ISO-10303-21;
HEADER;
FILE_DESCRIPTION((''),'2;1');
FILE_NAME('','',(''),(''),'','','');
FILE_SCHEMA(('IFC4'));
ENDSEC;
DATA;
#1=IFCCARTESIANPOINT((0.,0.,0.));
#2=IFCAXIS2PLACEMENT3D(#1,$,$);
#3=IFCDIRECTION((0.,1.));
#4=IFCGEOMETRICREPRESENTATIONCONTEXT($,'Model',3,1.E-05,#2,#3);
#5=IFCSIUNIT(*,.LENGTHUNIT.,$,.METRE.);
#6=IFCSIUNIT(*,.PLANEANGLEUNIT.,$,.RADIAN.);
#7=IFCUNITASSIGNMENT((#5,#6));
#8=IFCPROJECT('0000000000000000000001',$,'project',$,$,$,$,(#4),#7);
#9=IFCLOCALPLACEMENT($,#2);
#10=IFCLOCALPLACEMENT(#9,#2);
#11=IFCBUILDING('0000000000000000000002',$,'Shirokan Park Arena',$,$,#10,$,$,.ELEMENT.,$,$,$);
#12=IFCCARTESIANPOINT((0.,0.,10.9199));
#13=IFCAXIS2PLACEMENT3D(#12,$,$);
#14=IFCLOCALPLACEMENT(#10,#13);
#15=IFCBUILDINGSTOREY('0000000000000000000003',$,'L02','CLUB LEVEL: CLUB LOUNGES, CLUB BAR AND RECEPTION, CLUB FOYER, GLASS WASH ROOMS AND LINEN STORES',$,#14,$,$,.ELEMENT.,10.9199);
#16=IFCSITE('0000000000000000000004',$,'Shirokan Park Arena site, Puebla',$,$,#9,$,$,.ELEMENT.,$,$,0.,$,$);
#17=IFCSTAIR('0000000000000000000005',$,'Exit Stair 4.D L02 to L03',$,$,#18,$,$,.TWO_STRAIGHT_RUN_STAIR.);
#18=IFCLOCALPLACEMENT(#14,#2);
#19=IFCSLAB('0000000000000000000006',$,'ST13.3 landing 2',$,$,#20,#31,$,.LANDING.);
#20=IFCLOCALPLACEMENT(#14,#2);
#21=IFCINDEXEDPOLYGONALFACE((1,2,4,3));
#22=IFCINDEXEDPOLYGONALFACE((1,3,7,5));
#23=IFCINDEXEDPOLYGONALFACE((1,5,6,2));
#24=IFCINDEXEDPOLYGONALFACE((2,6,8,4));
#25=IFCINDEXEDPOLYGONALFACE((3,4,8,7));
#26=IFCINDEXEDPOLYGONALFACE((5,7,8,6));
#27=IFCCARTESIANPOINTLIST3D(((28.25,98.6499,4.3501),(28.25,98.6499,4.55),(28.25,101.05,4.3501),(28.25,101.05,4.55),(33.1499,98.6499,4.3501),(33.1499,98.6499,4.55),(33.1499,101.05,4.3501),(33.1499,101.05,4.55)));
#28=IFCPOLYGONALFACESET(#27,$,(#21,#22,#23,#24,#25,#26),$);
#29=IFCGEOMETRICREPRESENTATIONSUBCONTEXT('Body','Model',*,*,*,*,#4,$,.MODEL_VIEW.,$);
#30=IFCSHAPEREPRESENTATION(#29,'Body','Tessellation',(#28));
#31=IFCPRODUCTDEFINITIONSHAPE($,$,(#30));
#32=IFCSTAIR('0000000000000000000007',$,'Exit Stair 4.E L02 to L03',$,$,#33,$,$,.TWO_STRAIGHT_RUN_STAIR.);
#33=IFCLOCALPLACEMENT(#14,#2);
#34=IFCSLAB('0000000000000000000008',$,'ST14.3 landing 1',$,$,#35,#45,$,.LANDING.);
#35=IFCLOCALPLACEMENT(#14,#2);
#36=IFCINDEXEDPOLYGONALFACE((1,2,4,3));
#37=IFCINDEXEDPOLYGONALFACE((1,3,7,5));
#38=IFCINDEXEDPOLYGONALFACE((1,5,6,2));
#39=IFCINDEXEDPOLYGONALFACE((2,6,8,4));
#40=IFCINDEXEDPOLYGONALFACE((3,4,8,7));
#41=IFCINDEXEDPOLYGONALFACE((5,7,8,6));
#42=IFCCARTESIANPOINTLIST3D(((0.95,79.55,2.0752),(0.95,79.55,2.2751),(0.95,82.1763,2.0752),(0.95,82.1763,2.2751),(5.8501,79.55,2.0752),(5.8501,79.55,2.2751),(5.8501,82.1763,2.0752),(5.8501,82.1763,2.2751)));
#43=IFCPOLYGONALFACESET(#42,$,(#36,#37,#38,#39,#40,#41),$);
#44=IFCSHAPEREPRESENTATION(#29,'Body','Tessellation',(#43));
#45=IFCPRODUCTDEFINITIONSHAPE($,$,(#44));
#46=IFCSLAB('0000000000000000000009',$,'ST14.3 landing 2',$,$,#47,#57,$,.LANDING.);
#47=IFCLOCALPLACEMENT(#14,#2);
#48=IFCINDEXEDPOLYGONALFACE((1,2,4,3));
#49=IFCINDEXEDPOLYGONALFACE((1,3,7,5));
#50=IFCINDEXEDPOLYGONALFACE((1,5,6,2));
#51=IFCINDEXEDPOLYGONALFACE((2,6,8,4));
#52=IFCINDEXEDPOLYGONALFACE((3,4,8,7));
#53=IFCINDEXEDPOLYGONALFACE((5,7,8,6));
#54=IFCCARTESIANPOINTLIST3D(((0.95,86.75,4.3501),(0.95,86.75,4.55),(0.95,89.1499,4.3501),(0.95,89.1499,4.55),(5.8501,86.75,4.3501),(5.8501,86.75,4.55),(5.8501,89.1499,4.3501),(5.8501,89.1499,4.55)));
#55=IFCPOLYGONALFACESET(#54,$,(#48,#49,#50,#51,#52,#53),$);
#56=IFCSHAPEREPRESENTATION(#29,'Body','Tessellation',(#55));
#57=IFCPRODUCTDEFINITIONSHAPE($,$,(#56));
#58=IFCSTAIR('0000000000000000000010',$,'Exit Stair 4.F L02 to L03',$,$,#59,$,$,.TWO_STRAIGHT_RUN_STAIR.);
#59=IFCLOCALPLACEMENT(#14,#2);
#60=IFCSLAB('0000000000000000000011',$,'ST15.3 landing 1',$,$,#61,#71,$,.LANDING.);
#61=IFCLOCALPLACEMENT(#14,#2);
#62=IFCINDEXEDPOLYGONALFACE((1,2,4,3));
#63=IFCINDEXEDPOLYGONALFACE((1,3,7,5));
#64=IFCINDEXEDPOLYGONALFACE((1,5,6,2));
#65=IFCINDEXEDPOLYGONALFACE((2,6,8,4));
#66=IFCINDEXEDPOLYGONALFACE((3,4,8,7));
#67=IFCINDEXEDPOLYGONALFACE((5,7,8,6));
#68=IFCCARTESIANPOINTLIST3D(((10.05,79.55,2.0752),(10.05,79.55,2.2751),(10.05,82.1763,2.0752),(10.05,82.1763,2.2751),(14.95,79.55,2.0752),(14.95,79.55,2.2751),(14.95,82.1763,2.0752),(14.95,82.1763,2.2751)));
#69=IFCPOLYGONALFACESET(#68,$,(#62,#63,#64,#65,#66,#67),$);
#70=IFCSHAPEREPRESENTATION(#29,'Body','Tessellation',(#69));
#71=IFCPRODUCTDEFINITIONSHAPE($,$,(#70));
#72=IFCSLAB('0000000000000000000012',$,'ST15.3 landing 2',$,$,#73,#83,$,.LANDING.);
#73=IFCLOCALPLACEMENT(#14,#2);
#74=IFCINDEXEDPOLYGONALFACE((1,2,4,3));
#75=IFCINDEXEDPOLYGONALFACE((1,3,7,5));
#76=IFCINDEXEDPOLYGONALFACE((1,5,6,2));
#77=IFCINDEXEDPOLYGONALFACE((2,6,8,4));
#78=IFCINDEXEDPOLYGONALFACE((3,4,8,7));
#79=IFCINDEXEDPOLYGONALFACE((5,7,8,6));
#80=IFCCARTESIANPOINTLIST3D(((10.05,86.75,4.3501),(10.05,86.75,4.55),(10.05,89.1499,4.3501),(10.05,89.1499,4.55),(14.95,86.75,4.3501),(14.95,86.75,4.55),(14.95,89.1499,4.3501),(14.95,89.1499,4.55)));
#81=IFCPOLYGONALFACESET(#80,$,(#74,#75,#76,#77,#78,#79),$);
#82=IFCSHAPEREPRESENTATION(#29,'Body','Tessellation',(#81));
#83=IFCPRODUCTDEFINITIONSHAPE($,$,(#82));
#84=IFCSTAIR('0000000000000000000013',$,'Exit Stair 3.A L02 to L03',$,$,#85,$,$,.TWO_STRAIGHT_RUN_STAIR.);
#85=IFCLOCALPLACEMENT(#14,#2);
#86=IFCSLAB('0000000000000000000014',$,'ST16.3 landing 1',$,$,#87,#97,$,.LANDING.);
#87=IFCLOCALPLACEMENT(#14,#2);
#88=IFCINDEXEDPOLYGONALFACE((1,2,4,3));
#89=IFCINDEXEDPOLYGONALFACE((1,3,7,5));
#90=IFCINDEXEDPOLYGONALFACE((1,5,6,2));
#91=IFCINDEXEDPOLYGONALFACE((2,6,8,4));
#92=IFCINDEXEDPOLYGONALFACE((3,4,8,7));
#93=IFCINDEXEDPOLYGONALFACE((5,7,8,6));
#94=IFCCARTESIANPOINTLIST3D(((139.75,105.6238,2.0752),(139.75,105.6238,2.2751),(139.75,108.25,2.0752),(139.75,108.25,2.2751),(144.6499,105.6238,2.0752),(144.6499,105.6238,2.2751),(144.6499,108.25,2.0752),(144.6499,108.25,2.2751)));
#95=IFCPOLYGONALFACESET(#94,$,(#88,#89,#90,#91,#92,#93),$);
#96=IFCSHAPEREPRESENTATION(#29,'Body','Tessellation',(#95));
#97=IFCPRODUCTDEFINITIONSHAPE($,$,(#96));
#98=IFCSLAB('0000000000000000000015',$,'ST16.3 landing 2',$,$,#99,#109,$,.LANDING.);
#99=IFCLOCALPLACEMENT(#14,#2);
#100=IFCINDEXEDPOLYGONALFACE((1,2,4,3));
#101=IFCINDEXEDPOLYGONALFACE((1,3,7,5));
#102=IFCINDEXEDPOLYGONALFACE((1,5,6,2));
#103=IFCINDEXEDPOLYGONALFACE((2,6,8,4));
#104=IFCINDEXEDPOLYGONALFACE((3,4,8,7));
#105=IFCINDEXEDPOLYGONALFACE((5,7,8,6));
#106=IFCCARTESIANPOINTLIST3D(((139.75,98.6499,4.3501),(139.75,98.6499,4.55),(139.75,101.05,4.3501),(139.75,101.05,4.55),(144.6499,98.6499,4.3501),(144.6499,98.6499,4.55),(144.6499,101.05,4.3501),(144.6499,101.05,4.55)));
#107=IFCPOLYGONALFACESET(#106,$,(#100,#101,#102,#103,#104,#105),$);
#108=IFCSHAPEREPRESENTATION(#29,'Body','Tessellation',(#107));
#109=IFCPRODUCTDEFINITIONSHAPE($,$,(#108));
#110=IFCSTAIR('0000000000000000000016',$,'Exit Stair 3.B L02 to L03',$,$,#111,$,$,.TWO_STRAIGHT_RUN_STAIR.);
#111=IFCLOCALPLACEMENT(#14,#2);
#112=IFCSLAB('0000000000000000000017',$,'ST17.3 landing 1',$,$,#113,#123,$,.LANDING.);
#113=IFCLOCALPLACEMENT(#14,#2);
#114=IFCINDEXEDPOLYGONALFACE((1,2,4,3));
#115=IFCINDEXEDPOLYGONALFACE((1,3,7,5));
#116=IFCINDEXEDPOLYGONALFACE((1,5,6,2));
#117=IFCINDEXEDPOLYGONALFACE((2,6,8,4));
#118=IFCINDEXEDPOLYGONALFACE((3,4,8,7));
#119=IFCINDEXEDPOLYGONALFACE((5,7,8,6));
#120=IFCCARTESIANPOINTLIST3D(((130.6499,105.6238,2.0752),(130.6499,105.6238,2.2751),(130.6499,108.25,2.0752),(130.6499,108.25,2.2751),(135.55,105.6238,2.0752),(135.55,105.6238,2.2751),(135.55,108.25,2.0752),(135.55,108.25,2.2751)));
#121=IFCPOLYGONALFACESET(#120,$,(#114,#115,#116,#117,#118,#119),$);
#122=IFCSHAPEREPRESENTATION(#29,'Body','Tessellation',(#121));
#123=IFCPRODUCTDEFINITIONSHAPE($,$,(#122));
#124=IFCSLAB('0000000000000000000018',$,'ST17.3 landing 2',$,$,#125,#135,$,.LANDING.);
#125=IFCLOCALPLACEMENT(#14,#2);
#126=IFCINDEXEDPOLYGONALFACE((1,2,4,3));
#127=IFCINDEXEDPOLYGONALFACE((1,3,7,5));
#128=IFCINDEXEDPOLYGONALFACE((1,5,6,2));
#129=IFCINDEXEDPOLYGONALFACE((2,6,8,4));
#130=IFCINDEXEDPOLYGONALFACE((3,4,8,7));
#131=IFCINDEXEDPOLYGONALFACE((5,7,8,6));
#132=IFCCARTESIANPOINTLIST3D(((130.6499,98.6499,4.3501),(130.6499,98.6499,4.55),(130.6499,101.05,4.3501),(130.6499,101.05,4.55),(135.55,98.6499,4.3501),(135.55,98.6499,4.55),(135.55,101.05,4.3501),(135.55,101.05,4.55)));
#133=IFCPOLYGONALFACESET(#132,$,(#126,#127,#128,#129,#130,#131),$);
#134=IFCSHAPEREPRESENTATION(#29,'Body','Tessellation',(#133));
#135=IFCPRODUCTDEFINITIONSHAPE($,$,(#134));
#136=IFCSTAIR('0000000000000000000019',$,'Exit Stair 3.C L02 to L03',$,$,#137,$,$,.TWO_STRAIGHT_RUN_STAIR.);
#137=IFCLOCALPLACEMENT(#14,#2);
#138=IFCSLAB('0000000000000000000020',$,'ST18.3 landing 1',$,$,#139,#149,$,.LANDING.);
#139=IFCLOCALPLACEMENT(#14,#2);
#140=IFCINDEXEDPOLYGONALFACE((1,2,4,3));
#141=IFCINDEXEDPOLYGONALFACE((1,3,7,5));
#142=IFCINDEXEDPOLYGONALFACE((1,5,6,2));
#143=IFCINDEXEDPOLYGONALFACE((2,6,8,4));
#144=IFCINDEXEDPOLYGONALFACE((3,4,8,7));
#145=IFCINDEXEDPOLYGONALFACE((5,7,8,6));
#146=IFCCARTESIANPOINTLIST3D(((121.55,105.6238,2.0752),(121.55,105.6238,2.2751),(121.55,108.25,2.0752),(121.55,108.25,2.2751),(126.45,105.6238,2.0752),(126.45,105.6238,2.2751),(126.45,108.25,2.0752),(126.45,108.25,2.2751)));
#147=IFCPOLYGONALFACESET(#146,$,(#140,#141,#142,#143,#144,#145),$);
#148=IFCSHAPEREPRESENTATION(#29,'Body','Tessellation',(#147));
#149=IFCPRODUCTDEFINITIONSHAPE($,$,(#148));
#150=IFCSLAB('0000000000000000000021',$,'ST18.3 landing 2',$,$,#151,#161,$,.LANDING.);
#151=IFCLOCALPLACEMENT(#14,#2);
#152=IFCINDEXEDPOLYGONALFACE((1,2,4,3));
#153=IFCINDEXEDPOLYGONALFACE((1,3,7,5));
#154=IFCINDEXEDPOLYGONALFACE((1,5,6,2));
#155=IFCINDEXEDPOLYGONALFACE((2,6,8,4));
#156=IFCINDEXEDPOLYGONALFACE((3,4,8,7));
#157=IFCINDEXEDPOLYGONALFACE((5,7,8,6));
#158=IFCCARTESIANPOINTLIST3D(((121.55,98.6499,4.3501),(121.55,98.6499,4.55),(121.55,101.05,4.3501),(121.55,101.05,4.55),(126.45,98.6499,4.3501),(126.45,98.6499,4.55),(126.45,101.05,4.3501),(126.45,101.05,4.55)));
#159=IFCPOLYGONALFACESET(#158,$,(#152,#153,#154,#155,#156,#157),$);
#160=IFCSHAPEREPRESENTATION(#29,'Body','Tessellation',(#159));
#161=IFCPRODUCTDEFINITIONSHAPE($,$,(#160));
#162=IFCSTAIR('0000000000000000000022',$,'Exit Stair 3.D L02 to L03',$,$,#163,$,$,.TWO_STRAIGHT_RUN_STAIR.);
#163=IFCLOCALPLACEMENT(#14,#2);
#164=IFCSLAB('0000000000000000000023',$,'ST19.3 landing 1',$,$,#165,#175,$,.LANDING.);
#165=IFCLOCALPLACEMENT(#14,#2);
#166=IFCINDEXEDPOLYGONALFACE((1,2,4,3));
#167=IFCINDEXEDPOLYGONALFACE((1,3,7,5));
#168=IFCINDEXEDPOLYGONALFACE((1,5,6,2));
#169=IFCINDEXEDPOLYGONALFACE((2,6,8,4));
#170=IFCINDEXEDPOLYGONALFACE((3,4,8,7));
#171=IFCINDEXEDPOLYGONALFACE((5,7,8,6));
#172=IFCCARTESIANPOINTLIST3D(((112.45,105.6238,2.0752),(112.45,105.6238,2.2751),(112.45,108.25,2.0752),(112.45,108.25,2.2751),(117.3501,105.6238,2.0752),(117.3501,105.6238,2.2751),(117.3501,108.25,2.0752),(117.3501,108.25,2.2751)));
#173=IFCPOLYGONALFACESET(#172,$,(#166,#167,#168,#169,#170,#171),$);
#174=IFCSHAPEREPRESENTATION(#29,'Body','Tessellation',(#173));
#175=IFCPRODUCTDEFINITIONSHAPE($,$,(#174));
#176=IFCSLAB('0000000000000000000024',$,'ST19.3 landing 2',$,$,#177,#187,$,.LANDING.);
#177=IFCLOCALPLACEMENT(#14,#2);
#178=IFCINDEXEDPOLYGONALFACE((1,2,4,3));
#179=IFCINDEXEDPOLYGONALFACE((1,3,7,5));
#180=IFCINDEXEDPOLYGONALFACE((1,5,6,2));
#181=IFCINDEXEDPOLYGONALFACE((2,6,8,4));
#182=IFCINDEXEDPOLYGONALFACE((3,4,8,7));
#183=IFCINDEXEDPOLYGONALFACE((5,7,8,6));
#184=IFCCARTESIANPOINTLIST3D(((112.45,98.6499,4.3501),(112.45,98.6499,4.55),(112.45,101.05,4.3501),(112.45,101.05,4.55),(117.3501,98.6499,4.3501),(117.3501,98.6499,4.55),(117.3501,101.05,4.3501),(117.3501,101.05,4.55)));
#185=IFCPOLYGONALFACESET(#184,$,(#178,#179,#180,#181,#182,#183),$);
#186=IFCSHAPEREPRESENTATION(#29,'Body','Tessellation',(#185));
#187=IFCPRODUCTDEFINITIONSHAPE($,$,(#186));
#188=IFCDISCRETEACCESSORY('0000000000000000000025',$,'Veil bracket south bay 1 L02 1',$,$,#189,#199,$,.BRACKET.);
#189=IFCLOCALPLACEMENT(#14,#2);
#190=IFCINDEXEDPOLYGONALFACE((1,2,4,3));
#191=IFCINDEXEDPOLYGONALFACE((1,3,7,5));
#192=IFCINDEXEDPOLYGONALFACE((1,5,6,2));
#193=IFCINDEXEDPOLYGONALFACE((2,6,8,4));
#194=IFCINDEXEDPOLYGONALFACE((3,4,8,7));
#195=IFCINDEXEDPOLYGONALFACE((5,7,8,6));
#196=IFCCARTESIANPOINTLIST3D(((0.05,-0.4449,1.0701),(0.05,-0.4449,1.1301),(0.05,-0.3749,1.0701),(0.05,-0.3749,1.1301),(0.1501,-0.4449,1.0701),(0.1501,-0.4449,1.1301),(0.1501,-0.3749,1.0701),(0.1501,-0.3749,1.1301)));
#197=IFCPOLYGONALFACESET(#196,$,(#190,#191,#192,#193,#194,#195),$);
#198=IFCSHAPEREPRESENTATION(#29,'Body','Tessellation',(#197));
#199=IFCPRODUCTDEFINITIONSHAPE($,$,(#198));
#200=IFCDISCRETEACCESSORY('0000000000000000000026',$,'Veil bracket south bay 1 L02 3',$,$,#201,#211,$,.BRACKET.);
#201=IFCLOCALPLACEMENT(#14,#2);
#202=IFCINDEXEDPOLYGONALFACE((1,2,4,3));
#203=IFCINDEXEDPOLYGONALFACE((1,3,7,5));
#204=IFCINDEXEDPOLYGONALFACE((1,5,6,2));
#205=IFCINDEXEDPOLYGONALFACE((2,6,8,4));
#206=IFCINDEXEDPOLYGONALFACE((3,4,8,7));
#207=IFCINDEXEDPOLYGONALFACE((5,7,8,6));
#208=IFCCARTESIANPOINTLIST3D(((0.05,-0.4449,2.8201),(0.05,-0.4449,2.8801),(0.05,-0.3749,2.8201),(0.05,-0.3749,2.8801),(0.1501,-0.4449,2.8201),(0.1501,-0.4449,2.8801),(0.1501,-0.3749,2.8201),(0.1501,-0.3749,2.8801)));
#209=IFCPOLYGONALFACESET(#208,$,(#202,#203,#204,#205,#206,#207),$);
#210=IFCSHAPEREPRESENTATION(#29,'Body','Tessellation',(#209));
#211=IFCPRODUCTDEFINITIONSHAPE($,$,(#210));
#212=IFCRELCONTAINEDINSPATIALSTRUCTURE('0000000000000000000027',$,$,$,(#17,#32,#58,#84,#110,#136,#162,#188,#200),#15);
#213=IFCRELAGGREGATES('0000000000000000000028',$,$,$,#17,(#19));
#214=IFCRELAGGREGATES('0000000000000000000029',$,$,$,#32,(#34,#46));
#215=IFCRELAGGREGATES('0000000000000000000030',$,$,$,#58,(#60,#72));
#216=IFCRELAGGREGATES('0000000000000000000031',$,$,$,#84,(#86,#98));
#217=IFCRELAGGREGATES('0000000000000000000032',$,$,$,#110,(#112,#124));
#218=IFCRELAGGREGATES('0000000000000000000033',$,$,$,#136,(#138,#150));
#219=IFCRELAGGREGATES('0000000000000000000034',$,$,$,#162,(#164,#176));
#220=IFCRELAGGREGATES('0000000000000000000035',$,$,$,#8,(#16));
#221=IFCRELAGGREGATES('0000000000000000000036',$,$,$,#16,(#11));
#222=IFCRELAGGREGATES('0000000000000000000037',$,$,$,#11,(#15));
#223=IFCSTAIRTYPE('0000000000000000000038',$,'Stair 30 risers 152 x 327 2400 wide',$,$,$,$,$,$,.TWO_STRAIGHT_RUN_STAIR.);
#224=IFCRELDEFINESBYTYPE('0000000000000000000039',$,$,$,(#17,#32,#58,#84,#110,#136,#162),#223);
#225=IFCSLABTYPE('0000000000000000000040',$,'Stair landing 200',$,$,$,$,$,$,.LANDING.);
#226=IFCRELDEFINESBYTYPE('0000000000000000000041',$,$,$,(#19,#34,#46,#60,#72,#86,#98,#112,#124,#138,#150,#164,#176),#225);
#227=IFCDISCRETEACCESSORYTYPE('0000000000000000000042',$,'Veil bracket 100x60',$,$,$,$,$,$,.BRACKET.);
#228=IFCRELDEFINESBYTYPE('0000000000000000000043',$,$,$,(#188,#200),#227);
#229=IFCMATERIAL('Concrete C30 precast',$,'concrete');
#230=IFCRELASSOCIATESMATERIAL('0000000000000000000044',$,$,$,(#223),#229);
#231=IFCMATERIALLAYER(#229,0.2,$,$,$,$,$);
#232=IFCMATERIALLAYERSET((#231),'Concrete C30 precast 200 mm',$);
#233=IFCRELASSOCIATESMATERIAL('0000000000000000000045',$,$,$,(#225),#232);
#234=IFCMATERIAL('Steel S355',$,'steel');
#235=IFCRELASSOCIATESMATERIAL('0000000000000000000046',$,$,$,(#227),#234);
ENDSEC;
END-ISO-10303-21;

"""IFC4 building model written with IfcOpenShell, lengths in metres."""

from ifc_helpers import new_model, si_unit, direction, frame, origin, origin_2d, place, context, subcontext, project, spatial, polyline, rectangle, outline, extrude, material, layer, layer_set, type_object, element, aggregate, save


model = new_model("IFC4")

# Units and contexts
model_context = context("Model", 3, precision=1e-05, world=origin(), true_north=direction((0.0, 1.0)))
body_context = subcontext(model_context, "Body", "Model", "MODEL_VIEW")
ifc_project = project(units=[si_unit("LENGTHUNIT", "METRE"), si_unit("PLANEANGLEUNIT", "RADIAN")], contexts=[model_context])

# Site, building, storey
site_placement = place(None, origin())
site = spatial("IfcSite", under=ifc_project, at=site_placement, Name="Shirokan Park Arena site, Puebla", CompositionType="ELEMENT", RefElevation=0.0)
building_placement = place(site_placement, origin())
building = spatial("IfcBuilding", under=site, at=building_placement, Name="Shirokan Park Arena", CompositionType="ELEMENT")
storey_placement = place(building_placement, frame((0.0, 0.0, 10.9199)))
storey = spatial("IfcBuildingStorey", under=building, at=storey_placement, Name="L02", Description="CLUB LEVEL: CLUB LOUNGES, CLUB BAR AND RECEPTION, CLUB FOYER, GLASS WASH ROOMS AND LINEN STORES", CompositionType="ELEMENT", Elevation=10.9199)

# Stairs, slabs
ifc_material_1 = material(Name="Concrete C30 precast", Category="concrete")
stair_type = type_object("IfcStairType", Name="Stair 30 risers 152 x 327 2400 wide", PredefinedType="TWO_STRAIGHT_RUN_STAIR", material=ifc_material_1)
ifc_layer = layer(ifc_material_1, 0.2)
ifc_layer_set = layer_set([ifc_layer], Name="Concrete C30 precast 200 mm")
slab_type = type_object("IfcSlabType", Name="Stair landing 200", PredefinedType="LANDING", material=ifc_layer_set)
stair_1_placement = place(storey_placement, origin())
stair_1 = element("IfcStair", 1, at=stair_1_placement, inside=storey, type_object=stair_type, Name="Exit Stair 4.D L02 to L03", PredefinedType="TWO_STRAIGHT_RUN_STAIR")
slab_1_placement = place(storey_placement, frame((0.0, 0.0, 4.3501)))
slab_1 = element("IfcSlab", 2, at=slab_1_placement, type_object=slab_type, Name="ST13.3 landing 2", PredefinedType="LANDING", context=body_context, shape_type="SweptSolid", body=[
    extrude(outline(polyline([(28.25, 98.6499), (33.1499, 98.6499), (33.1499, 101.05), (28.25, 101.05), (28.25, 98.6499)])), origin(), (0.0, 0.0, 1.0), 0.2),
])
aggregate(stair_1, [slab_1])
stair_2_placement = place(storey_placement, origin())
stair_2 = element("IfcStair", 3, at=stair_2_placement, inside=storey, type_object=stair_type, Name="Exit Stair 4.E L02 to L03", PredefinedType="TWO_STRAIGHT_RUN_STAIR")
slab_2_placement = place(storey_placement, frame((0.0, 0.0, 2.0752)))
slab_2 = element("IfcSlab", 4, at=slab_2_placement, type_object=slab_type, Name="ST14.3 landing 1", PredefinedType="LANDING", context=body_context, shape_type="SweptSolid", body=[
    extrude(outline(polyline([(0.95, 79.55), (5.8501, 79.55), (5.8501, 82.1763), (0.95, 82.1763), (0.95, 79.55)])), origin(), (0.0, 0.0, 1.0), 0.2),
])
slab_3_placement = place(storey_placement, frame((0.0, 0.0, 4.3501)))
slab_3 = element("IfcSlab", 5, at=slab_3_placement, type_object=slab_type, Name="ST14.3 landing 2", PredefinedType="LANDING", context=body_context, shape_type="SweptSolid", body=[
    extrude(outline(polyline([(0.95, 86.75), (5.8501, 86.75), (5.8501, 89.1499), (0.95, 89.1499), (0.95, 86.75)])), origin(), (0.0, 0.0, 1.0), 0.2),
])
aggregate(stair_2, [slab_2, slab_3])
stair_3_placement = place(storey_placement, origin())
stair_3 = element("IfcStair", 6, at=stair_3_placement, inside=storey, type_object=stair_type, Name="Exit Stair 4.F L02 to L03", PredefinedType="TWO_STRAIGHT_RUN_STAIR")
slab_4_placement = place(storey_placement, frame((0.0, 0.0, 2.0752)))
slab_4 = element("IfcSlab", 7, at=slab_4_placement, type_object=slab_type, Name="ST15.3 landing 1", PredefinedType="LANDING", context=body_context, shape_type="SweptSolid", body=[
    extrude(outline(polyline([(10.05, 79.55), (14.95, 79.55), (14.95, 82.1763), (10.05, 82.1763), (10.05, 79.55)])), origin(), (0.0, 0.0, 1.0), 0.2),
])
slab_5_placement = place(storey_placement, frame((0.0, 0.0, 4.3501)))
slab_5 = element("IfcSlab", 8, at=slab_5_placement, type_object=slab_type, Name="ST15.3 landing 2", PredefinedType="LANDING", context=body_context, shape_type="SweptSolid", body=[
    extrude(outline(polyline([(10.05, 86.75), (14.95, 86.75), (14.95, 89.1499), (10.05, 89.1499), (10.05, 86.75)])), origin(), (0.0, 0.0, 1.0), 0.2),
])
aggregate(stair_3, [slab_4, slab_5])
stair_4_placement = place(storey_placement, origin())
stair_4 = element("IfcStair", 9, at=stair_4_placement, inside=storey, type_object=stair_type, Name="Exit Stair 3.A L02 to L03", PredefinedType="TWO_STRAIGHT_RUN_STAIR")
slab_6_placement = place(storey_placement, frame((0.0, 0.0, 2.0752)))
slab_6 = element("IfcSlab", 10, at=slab_6_placement, type_object=slab_type, Name="ST16.3 landing 1", PredefinedType="LANDING", context=body_context, shape_type="SweptSolid", body=[
    extrude(outline(polyline([(139.75, 105.6238), (144.6499, 105.6238), (144.6499, 108.25), (139.75, 108.25), (139.75, 105.6238)])), origin(), (0.0, 0.0, 1.0), 0.2),
])
slab_7_placement = place(storey_placement, frame((0.0, 0.0, 4.3501)))
slab_7 = element("IfcSlab", 11, at=slab_7_placement, type_object=slab_type, Name="ST16.3 landing 2", PredefinedType="LANDING", context=body_context, shape_type="SweptSolid", body=[
    extrude(outline(polyline([(139.75, 98.6499), (144.6499, 98.6499), (144.6499, 101.05), (139.75, 101.05), (139.75, 98.6499)])), origin(), (0.0, 0.0, 1.0), 0.2),
])
aggregate(stair_4, [slab_6, slab_7])
stair_5_placement = place(storey_placement, origin())
stair_5 = element("IfcStair", 12, at=stair_5_placement, inside=storey, type_object=stair_type, Name="Exit Stair 3.B L02 to L03", PredefinedType="TWO_STRAIGHT_RUN_STAIR")
slab_8_placement = place(storey_placement, frame((0.0, 0.0, 2.0752)))
slab_8 = element("IfcSlab", 13, at=slab_8_placement, type_object=slab_type, Name="ST17.3 landing 1", PredefinedType="LANDING", context=body_context, shape_type="SweptSolid", body=[
    extrude(outline(polyline([(130.6499, 105.6238), (135.55, 105.6238), (135.55, 108.25), (130.6499, 108.25), (130.6499, 105.6238)])), origin(), (0.0, 0.0, 1.0), 0.2),
])
slab_9_placement = place(storey_placement, frame((0.0, 0.0, 4.3501)))
slab_9 = element("IfcSlab", 14, at=slab_9_placement, type_object=slab_type, Name="ST17.3 landing 2", PredefinedType="LANDING", context=body_context, shape_type="SweptSolid", body=[
    extrude(outline(polyline([(130.6499, 98.6499), (135.55, 98.6499), (135.55, 101.05), (130.6499, 101.05), (130.6499, 98.6499)])), origin(), (0.0, 0.0, 1.0), 0.2),
])
aggregate(stair_5, [slab_8, slab_9])
stair_6_placement = place(storey_placement, origin())
stair_6 = element("IfcStair", 15, at=stair_6_placement, inside=storey, type_object=stair_type, Name="Exit Stair 3.C L02 to L03", PredefinedType="TWO_STRAIGHT_RUN_STAIR")
slab_10_placement = place(storey_placement, frame((0.0, 0.0, 2.0752)))
slab_10 = element("IfcSlab", 16, at=slab_10_placement, type_object=slab_type, Name="ST18.3 landing 1", PredefinedType="LANDING", context=body_context, shape_type="SweptSolid", body=[
    extrude(outline(polyline([(121.55, 105.6238), (126.45, 105.6238), (126.45, 108.25), (121.55, 108.25), (121.55, 105.6238)])), origin(), (0.0, 0.0, 1.0), 0.2),
])
slab_11_placement = place(storey_placement, frame((0.0, 0.0, 4.3501)))
slab_11 = element("IfcSlab", 17, at=slab_11_placement, type_object=slab_type, Name="ST18.3 landing 2", PredefinedType="LANDING", context=body_context, shape_type="SweptSolid", body=[
    extrude(outline(polyline([(121.55, 98.6499), (126.45, 98.6499), (126.45, 101.05), (121.55, 101.05), (121.55, 98.6499)])), origin(), (0.0, 0.0, 1.0), 0.2),
])
aggregate(stair_6, [slab_10, slab_11])
stair_7_placement = place(storey_placement, origin())
stair_7 = element("IfcStair", 18, at=stair_7_placement, inside=storey, type_object=stair_type, Name="Exit Stair 3.D L02 to L03", PredefinedType="TWO_STRAIGHT_RUN_STAIR")
slab_12_placement = place(storey_placement, frame((0.0, 0.0, 2.0752)))
slab_12 = element("IfcSlab", 19, at=slab_12_placement, type_object=slab_type, Name="ST19.3 landing 1", PredefinedType="LANDING", context=body_context, shape_type="SweptSolid", body=[
    extrude(outline(polyline([(112.45, 105.6238), (117.3501, 105.6238), (117.3501, 108.25), (112.45, 108.25), (112.45, 105.6238)])), origin(), (0.0, 0.0, 1.0), 0.2),
])
slab_13_placement = place(storey_placement, frame((0.0, 0.0, 4.3501)))
slab_13 = element("IfcSlab", 20, at=slab_13_placement, type_object=slab_type, Name="ST19.3 landing 2", PredefinedType="LANDING", context=body_context, shape_type="SweptSolid", body=[
    extrude(outline(polyline([(112.45, 98.6499), (117.3501, 98.6499), (117.3501, 101.05), (112.45, 101.05), (112.45, 98.6499)])), origin(), (0.0, 0.0, 1.0), 0.2),
])
aggregate(stair_7, [slab_12, slab_13])

# Discrete accessories
ifc_material_2 = material(Name="Steel S355", Category="steel")
discrete_accessory_type = type_object("IfcDiscreteAccessoryType", Name="Veil bracket 100x60", PredefinedType="BRACKET", material=ifc_material_2)
for number, where, z_axis, x_axis, name in (
    (21, (0.1001, -0.4099, 1.0701), (0.0, 0.0, 1.0), (1.0, 0.0, 0.0), "Veil bracket south bay 1 L02 1"),
    (22, (0.1001, -0.4099, 2.8201), (0.0, 0.0, 1.0), (1.0, 0.0, 0.0), "Veil bracket south bay 1 L02 3"),
):
    element("IfcDiscreteAccessory", number, at=place(storey_placement, frame(where, z_axis=z_axis, x_axis=x_axis)), inside=storey, type_object=discrete_accessory_type, Name=name, PredefinedType="BRACKET", context=body_context, shape_type="SweptSolid", body=[
        extrude(rectangle(XDim=0.1001, YDim=0.0701, at=origin_2d()), origin(), (0.0, 0.0, 1.0), 0.0601),
    ])

save(model, "model.ifc")
